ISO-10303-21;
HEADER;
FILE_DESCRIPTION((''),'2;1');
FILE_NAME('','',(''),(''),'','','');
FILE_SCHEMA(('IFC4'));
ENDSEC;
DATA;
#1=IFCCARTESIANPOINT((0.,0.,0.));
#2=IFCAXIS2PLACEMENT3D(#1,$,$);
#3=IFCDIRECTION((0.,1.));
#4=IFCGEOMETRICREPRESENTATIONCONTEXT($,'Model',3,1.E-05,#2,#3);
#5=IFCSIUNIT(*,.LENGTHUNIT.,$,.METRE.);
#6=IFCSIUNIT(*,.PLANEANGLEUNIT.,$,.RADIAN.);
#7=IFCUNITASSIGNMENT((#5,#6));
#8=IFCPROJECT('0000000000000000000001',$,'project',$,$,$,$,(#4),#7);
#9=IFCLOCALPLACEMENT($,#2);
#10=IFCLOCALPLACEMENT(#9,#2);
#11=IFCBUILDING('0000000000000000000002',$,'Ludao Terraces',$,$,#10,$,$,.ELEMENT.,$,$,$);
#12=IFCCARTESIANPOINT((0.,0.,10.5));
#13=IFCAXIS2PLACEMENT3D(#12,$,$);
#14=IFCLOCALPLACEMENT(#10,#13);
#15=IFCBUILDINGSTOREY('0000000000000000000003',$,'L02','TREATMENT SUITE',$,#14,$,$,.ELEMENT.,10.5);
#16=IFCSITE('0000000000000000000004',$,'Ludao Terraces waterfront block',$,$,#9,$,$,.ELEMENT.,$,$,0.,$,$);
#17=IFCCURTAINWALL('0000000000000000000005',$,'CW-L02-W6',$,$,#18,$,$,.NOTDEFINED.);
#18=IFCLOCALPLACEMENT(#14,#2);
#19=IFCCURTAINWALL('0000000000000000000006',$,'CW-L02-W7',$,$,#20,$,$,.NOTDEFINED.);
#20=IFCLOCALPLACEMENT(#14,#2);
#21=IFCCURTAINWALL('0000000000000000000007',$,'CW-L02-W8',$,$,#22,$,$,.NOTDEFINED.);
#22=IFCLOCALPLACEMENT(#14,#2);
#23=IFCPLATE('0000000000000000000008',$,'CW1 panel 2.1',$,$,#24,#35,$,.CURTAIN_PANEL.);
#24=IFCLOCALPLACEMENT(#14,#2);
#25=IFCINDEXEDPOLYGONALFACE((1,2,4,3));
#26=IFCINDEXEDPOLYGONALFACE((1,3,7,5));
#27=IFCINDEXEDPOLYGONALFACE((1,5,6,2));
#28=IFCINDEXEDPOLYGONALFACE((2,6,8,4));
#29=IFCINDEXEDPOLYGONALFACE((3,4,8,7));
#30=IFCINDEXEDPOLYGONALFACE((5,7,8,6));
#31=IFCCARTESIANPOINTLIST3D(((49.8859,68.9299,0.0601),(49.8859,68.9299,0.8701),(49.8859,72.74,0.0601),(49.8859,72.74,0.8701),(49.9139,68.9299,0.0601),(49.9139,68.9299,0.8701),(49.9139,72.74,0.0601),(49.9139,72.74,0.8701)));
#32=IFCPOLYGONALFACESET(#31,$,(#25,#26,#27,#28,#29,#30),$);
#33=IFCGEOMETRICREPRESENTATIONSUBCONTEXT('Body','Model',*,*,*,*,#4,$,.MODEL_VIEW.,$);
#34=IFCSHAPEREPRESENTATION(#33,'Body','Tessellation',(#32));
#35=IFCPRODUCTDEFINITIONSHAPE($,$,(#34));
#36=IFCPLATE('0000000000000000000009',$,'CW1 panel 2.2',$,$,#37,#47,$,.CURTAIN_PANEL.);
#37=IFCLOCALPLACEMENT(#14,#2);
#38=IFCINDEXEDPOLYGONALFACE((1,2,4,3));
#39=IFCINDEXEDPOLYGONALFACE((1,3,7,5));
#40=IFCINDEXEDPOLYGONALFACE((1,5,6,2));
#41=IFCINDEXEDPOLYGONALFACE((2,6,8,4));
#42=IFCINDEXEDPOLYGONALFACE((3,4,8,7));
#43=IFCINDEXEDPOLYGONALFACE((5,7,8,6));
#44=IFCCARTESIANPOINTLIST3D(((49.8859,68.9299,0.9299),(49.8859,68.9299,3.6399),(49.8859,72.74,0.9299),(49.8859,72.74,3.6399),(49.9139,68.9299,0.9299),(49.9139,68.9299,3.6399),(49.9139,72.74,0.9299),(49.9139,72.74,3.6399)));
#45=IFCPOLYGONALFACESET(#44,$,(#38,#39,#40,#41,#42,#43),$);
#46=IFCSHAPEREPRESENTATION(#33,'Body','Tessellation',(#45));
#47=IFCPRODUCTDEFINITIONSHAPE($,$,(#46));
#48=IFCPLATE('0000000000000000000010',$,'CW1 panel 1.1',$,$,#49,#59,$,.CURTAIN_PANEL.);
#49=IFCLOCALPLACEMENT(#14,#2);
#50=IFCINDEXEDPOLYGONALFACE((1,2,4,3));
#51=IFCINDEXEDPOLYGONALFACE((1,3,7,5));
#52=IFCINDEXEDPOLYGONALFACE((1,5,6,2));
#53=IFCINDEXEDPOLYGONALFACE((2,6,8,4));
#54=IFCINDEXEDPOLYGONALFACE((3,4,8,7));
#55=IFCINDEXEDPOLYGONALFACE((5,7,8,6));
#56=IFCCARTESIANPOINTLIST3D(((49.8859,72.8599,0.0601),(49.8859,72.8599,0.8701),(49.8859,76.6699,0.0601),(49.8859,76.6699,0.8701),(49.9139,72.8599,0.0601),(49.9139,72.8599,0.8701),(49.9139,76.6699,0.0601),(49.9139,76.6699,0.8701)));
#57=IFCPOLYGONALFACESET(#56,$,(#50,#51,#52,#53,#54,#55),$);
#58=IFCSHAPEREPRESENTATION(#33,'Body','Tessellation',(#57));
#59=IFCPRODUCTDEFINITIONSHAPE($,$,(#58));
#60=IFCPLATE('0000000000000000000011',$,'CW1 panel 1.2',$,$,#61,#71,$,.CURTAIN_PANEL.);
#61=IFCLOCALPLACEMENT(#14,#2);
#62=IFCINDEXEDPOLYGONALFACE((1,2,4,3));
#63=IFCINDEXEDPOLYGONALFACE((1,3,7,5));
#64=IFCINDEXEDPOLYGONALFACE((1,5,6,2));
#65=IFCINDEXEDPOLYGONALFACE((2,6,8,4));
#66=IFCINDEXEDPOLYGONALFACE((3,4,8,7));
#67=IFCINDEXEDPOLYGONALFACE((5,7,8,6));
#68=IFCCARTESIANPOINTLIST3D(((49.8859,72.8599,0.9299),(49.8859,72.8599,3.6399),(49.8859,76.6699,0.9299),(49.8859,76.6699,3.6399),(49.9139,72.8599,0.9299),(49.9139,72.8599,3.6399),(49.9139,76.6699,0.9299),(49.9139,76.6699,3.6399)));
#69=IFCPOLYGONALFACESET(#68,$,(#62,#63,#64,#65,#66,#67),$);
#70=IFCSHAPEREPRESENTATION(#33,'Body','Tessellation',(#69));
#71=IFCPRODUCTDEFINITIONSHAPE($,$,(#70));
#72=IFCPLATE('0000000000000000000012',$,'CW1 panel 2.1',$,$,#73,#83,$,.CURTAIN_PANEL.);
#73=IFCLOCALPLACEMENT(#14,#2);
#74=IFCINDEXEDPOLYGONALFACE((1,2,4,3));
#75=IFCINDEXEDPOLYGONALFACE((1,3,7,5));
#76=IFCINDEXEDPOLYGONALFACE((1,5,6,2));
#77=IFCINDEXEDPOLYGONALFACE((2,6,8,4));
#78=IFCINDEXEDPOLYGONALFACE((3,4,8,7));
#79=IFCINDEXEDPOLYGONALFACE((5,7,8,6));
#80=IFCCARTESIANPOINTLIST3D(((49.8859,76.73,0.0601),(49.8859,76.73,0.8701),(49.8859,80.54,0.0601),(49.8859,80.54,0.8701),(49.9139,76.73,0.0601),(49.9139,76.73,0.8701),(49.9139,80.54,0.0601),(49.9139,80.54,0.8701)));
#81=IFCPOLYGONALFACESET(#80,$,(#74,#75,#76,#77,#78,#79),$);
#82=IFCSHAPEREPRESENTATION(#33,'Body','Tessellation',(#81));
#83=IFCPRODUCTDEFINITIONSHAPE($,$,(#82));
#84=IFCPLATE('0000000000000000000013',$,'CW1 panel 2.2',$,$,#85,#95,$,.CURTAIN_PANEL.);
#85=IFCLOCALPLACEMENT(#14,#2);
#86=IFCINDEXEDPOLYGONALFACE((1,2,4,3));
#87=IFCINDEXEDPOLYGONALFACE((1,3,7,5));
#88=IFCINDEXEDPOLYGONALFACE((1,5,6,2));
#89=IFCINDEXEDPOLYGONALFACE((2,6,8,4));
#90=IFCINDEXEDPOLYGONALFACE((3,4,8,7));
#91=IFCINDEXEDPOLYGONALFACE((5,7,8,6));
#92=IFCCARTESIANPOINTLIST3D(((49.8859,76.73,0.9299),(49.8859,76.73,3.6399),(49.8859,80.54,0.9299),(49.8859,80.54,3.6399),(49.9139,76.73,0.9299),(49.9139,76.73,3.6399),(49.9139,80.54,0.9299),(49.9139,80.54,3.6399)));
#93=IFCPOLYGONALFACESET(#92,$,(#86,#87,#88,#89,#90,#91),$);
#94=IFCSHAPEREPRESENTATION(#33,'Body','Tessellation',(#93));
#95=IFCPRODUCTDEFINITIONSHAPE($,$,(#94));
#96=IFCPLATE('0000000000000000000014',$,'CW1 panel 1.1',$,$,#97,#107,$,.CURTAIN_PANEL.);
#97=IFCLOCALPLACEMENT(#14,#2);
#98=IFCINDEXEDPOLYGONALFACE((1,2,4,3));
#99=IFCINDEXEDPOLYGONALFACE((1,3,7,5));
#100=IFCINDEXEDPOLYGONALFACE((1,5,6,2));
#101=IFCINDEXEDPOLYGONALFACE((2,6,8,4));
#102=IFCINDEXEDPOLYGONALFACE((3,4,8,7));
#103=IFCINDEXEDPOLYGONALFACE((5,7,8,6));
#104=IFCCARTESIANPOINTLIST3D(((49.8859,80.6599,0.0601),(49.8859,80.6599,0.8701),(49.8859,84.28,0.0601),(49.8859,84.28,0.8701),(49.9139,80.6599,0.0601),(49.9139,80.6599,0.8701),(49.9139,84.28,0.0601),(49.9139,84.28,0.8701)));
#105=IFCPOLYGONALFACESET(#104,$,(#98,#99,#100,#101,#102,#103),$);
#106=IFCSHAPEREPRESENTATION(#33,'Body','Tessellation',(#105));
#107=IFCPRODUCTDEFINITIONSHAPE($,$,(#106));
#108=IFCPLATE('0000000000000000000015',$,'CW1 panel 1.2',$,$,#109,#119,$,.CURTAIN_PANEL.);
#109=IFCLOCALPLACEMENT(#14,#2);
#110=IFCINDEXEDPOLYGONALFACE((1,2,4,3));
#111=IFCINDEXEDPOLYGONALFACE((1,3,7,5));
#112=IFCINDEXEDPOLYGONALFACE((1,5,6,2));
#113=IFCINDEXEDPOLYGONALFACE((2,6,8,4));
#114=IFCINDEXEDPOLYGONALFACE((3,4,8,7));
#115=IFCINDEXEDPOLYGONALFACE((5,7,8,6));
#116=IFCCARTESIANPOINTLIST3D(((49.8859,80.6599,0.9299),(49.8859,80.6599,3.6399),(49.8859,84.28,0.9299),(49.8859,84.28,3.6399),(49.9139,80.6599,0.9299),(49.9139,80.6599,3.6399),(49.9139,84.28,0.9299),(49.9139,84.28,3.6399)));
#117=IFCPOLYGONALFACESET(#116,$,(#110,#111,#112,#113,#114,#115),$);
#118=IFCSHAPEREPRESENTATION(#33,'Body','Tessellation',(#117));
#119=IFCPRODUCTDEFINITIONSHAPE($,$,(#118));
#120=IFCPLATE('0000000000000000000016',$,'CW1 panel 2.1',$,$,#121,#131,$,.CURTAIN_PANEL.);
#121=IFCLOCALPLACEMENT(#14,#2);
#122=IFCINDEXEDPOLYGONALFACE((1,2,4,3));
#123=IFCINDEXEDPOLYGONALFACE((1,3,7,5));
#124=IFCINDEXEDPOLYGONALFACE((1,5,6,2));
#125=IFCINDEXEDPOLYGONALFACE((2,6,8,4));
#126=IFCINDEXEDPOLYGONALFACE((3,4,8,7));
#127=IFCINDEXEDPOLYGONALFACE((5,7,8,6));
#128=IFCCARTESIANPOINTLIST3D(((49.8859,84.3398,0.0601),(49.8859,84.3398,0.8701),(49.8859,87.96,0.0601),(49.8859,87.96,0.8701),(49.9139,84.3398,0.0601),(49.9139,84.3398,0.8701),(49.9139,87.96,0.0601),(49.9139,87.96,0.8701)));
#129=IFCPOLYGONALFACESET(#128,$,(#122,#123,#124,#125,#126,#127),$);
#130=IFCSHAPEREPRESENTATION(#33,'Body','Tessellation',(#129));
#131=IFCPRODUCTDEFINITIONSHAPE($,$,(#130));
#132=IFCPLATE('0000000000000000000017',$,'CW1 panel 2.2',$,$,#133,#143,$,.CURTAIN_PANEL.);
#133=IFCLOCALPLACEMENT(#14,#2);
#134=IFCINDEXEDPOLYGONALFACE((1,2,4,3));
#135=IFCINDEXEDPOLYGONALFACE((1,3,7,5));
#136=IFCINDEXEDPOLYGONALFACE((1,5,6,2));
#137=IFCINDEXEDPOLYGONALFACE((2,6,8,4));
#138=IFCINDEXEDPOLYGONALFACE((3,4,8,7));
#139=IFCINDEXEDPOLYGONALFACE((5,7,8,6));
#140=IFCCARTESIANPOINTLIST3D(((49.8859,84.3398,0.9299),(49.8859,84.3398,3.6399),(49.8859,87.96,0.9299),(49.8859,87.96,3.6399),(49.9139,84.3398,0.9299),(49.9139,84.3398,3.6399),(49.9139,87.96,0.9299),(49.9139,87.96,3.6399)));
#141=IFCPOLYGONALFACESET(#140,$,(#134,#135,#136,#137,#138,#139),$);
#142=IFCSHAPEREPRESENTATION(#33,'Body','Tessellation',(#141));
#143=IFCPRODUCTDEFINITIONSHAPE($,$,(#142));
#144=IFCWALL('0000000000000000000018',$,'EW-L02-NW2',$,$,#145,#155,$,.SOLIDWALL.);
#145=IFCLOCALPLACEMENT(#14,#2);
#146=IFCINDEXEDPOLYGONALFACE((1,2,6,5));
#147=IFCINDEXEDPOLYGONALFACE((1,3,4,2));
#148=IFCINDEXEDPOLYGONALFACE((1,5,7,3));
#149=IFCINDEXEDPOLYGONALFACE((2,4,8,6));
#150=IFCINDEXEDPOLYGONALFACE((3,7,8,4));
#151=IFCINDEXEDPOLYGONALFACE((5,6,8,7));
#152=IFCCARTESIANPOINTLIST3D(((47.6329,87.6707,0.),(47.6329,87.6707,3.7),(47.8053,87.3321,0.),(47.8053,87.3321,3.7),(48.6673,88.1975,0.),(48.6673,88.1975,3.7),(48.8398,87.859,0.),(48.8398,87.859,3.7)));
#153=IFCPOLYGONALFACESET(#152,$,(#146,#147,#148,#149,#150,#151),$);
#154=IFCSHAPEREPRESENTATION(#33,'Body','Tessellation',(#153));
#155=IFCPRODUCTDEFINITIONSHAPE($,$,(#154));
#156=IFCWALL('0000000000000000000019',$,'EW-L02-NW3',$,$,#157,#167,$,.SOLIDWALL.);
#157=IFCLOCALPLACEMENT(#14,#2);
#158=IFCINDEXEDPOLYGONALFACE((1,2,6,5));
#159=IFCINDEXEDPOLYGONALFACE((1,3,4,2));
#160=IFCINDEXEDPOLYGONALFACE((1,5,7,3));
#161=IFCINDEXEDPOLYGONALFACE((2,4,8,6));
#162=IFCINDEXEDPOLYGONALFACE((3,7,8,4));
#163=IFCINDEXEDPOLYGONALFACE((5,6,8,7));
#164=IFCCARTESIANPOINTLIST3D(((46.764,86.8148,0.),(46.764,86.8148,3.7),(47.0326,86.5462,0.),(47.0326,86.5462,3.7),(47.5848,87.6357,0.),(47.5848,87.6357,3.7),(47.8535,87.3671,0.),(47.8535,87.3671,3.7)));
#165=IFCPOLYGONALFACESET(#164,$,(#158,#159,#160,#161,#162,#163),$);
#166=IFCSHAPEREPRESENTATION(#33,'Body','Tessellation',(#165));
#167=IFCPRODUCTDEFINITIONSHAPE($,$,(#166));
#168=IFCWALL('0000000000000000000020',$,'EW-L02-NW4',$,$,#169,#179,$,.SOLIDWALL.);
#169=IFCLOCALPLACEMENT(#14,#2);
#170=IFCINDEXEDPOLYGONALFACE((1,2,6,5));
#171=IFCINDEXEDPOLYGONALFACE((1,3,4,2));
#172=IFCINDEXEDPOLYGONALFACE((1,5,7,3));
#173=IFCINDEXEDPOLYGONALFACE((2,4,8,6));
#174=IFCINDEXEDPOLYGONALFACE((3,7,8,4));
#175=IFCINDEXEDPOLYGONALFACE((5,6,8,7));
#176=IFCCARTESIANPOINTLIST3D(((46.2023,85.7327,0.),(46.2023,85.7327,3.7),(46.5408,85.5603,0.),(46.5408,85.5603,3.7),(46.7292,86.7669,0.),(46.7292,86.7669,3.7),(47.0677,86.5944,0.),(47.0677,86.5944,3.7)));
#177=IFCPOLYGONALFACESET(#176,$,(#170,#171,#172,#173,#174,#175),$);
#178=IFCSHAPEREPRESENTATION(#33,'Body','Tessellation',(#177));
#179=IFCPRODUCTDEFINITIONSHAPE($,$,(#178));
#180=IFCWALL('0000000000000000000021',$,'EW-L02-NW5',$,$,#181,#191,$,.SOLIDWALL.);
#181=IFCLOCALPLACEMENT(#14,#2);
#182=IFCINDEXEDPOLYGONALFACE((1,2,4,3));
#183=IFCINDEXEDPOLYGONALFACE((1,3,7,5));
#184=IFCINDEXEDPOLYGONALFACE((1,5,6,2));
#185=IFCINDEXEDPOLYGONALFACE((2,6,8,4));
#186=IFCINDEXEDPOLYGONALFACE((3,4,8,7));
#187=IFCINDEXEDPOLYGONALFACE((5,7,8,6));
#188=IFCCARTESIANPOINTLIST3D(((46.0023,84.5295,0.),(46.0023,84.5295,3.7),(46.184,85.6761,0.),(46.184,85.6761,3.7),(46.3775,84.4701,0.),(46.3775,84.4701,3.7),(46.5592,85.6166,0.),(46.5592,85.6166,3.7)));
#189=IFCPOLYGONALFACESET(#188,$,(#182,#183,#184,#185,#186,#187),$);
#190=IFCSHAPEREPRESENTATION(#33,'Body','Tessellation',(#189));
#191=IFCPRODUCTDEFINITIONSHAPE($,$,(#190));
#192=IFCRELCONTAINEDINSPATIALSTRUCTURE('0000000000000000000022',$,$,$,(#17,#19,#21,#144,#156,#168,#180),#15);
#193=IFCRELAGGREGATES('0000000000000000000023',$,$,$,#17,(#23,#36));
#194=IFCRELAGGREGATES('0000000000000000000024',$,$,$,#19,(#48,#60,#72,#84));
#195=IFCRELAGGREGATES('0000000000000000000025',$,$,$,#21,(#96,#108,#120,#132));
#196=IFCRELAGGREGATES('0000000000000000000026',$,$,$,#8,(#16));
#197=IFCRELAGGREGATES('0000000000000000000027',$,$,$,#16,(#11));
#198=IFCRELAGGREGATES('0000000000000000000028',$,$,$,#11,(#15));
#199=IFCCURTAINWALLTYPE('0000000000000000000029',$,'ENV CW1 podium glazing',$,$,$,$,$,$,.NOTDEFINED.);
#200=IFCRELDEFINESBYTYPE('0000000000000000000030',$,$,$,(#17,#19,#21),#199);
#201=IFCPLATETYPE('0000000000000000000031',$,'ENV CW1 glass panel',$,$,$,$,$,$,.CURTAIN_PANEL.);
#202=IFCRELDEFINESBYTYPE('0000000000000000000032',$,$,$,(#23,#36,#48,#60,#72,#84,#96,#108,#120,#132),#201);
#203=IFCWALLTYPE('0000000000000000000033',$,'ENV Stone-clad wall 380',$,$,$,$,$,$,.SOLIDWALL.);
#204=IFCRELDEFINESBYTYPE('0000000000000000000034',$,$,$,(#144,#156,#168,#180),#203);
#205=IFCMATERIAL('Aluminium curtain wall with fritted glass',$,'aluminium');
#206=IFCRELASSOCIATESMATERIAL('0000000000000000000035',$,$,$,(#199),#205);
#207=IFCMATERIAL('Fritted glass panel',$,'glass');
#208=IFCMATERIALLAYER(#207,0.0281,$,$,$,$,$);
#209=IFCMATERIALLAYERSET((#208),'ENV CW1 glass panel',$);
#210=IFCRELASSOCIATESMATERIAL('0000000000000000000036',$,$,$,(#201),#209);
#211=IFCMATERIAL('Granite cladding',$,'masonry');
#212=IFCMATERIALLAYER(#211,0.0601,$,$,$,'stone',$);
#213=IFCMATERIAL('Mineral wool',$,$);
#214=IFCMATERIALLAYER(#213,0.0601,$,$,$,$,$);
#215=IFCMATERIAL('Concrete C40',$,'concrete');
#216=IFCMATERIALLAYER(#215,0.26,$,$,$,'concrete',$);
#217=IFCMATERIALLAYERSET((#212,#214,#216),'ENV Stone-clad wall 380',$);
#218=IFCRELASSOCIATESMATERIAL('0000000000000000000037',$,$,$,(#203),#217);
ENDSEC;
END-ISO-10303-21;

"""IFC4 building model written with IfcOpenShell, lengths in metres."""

from ifc_helpers import new_model, si_unit, direction, frame, frame_2d, origin, origin_2d, place, context, subcontext, project, spatial, rectangle, extrude, material, layer, layer_set, type_object, element, aggregate, save


model = new_model("IFC4")

# Units and contexts
model_context = context("Model", 3, precision=1e-05, world=origin(), true_north=direction((0.0, 1.0)))
body_context = subcontext(model_context, "Body", "Model", "MODEL_VIEW")
ifc_project = project(units=[si_unit("LENGTHUNIT", "METRE"), si_unit("PLANEANGLEUNIT", "RADIAN")], contexts=[model_context])

# Site, building, storey
site_placement = place(None, origin())
site = spatial("IfcSite", under=ifc_project, at=site_placement, Name="Ludao Terraces waterfront block", CompositionType="ELEMENT", RefElevation=0.0)
building_placement = place(site_placement, origin())
building = spatial("IfcBuilding", under=site, at=building_placement, Name="Ludao Terraces", CompositionType="ELEMENT")
storey_placement = place(building_placement, frame((0.0, 0.0, 10.5)))
storey = spatial("IfcBuildingStorey", under=building, at=storey_placement, Name="L02", Description="TREATMENT SUITE", CompositionType="ELEMENT", Elevation=10.5)

# Curtain wall
ifc_material_1 = material(Name="Aluminium curtain wall with fritted glass", Category="aluminium")
curtain_wall_type = type_object("IfcCurtainWallType", Name="ENV CW1 podium glazing", PredefinedType="NOTDEFINED", material=ifc_material_1)
curtain_wall_1_placement = place(storey_placement, origin())
curtain_wall_1 = element("IfcCurtainWall", 1, at=curtain_wall_1_placement, inside=storey, type_object=curtain_wall_type, Name="CW-L02-W6", PredefinedType="NOTDEFINED")

# Curtain walls
curtain_wall_2_placement = place(storey_placement, origin())
curtain_wall_2 = element("IfcCurtainWall", 2, at=curtain_wall_2_placement, inside=storey, type_object=curtain_wall_type, Name="CW-L02-W7", PredefinedType="NOTDEFINED")
curtain_wall_3_placement = place(storey_placement, origin())
curtain_wall_3 = element("IfcCurtainWall", 3, at=curtain_wall_3_placement, inside=storey, type_object=curtain_wall_type, Name="CW-L02-W8", PredefinedType="NOTDEFINED")

# Plates
ifc_material_2 = material(Name="Fritted glass panel", Category="glass")
ifc_layer_1 = layer(ifc_material_2, 0.0281)
ifc_layer_set_1 = layer_set([ifc_layer_1], Name="ENV CW1 glass panel")
plate_type = type_object("IfcPlateType", Name="ENV CW1 glass panel", PredefinedType="CURTAIN_PANEL", material=ifc_layer_set_1)
plate_1_placement = place(storey_placement, frame((49.8999, 70.835, 0.0601), z_axis=(0.0, 0.0, 1.0), x_axis=(0.0, 1.0, 0.0)))
plate_1 = element("IfcPlate", 4, at=plate_1_placement, type_object=plate_type, Name="CW1 panel 2.1", PredefinedType="CURTAIN_PANEL", context=body_context, shape_type="SweptSolid", body=[
    extrude(rectangle(XDim=3.8101, YDim=0.0281, at=origin_2d()), origin(), (0.0, 0.0, 1.0), 0.8101),
])
plate_2_placement = place(storey_placement, frame((49.8999, 70.835, 0.9299), z_axis=(0.0, 0.0, 1.0), x_axis=(0.0, 1.0, 0.0)))
plate_2 = element("IfcPlate", 5, at=plate_2_placement, type_object=plate_type, Name="CW1 panel 2.2", PredefinedType="CURTAIN_PANEL", context=body_context, shape_type="SweptSolid", body=[
    extrude(rectangle(XDim=3.8101, YDim=0.0281, at=origin_2d()), origin(), (0.0, 0.0, 1.0), 2.71),
])
aggregate(curtain_wall_1, [plate_1, plate_2])
plate_3_placement = place(storey_placement, frame((49.8999, 74.7649, 0.0601), z_axis=(0.0, 0.0, 1.0), x_axis=(0.0, 1.0, 0.0)))
plate_3 = element("IfcPlate", 6, at=plate_3_placement, type_object=plate_type, Name="CW1 panel 1.1", PredefinedType="CURTAIN_PANEL", context=body_context, shape_type="SweptSolid", body=[
    extrude(rectangle(XDim=3.8101, YDim=0.0281, at=origin_2d()), origin(), (0.0, 0.0, 1.0), 0.8101),
])
plate_4_placement = place(storey_placement, frame((49.8999, 74.7649, 0.9299), z_axis=(0.0, 0.0, 1.0), x_axis=(0.0, 1.0, 0.0)))
plate_4 = element("IfcPlate", 7, at=plate_4_placement, type_object=plate_type, Name="CW1 panel 1.2", PredefinedType="CURTAIN_PANEL", context=body_context, shape_type="SweptSolid", body=[
    extrude(rectangle(XDim=3.8101, YDim=0.0281, at=origin_2d()), origin(), (0.0, 0.0, 1.0), 2.71),
])
plate_5_placement = place(storey_placement, frame((49.8999, 78.635, 0.0601), z_axis=(0.0, 0.0, 1.0), x_axis=(0.0, 1.0, 0.0)))
plate_5 = element("IfcPlate", 8, at=plate_5_placement, type_object=plate_type, Name="CW1 panel 2.1", PredefinedType="CURTAIN_PANEL", context=body_context, shape_type="SweptSolid", body=[
    extrude(rectangle(XDim=3.8101, YDim=0.0281, at=origin_2d()), origin(), (0.0, 0.0, 1.0), 0.8101),
])
plate_6_placement = place(storey_placement, frame((49.8999, 78.635, 0.9299), z_axis=(0.0, 0.0, 1.0), x_axis=(0.0, 1.0, 0.0)))
plate_6 = element("IfcPlate", 9, at=plate_6_placement, type_object=plate_type, Name="CW1 panel 2.2", PredefinedType="CURTAIN_PANEL", context=body_context, shape_type="SweptSolid", body=[
    extrude(rectangle(XDim=3.8101, YDim=0.0281, at=origin_2d()), origin(), (0.0, 0.0, 1.0), 2.71),
])
aggregate(curtain_wall_2, [plate_3, plate_4, plate_5, plate_6])
plate_7_placement = place(storey_placement, frame((49.8999, 82.47, 0.0601), z_axis=(0.0, 0.0, 1.0), x_axis=(0.0, 1.0, 0.0)))
plate_7 = element("IfcPlate", 10, at=plate_7_placement, type_object=plate_type, Name="CW1 panel 1.1", PredefinedType="CURTAIN_PANEL", context=body_context, shape_type="SweptSolid", body=[
    extrude(rectangle(XDim=3.6201, YDim=0.0281, at=origin_2d()), origin(), (0.0, 0.0, 1.0), 0.8101),
])
plate_8_placement = place(storey_placement, frame((49.8999, 82.47, 0.9299), z_axis=(0.0, 0.0, 1.0), x_axis=(0.0, 1.0, 0.0)))
plate_8 = element("IfcPlate", 11, at=plate_8_placement, type_object=plate_type, Name="CW1 panel 1.2", PredefinedType="CURTAIN_PANEL", context=body_context, shape_type="SweptSolid", body=[
    extrude(rectangle(XDim=3.6201, YDim=0.0281, at=origin_2d()), origin(), (0.0, 0.0, 1.0), 2.71),
])
plate_9_placement = place(storey_placement, frame((49.8999, 86.1499, 0.0601), z_axis=(0.0, 0.0, 1.0), x_axis=(0.0, 1.0, 0.0)))
plate_9 = element("IfcPlate", 12, at=plate_9_placement, type_object=plate_type, Name="CW1 panel 2.1", PredefinedType="CURTAIN_PANEL", context=body_context, shape_type="SweptSolid", body=[
    extrude(rectangle(XDim=3.6201, YDim=0.0281, at=origin_2d()), origin(), (0.0, 0.0, 1.0), 0.8101),
])
plate_10_placement = place(storey_placement, frame((49.8999, 86.1499, 0.9299), z_axis=(0.0, 0.0, 1.0), x_axis=(0.0, 1.0, 0.0)))
plate_10 = element("IfcPlate", 13, at=plate_10_placement, type_object=plate_type, Name="CW1 panel 2.2", PredefinedType="CURTAIN_PANEL", context=body_context, shape_type="SweptSolid", body=[
    extrude(rectangle(XDim=3.6201, YDim=0.0281, at=origin_2d()), origin(), (0.0, 0.0, 1.0), 2.71),
])
aggregate(curtain_wall_3, [plate_7, plate_8, plate_9, plate_10])

# Walls
ifc_material_3 = material(Name="Granite cladding", Category="masonry")
ifc_layer_2 = layer(ifc_material_3, 0.0601, Category="stone")
ifc_material_4 = material(Name="Mineral wool")
ifc_layer_3 = layer(ifc_material_4, 0.0601)
ifc_material_5 = material(Name="Concrete C40", Category="concrete")
ifc_layer_4 = layer(ifc_material_5, 0.26, Category="concrete")
ifc_layer_set_2 = layer_set([ifc_layer_2, ifc_layer_3, ifc_layer_4], Name="ENV Stone-clad wall 380")
wall_type_1 = type_object("IfcWallType", Name="ENV Stone-clad wall 380", PredefinedType="SOLIDWALL", material=ifc_layer_set_2)
for number, where, z_axis, x_axis, name in (
    (14, (48.7537, 88.0283, 0.0), (0.0, 0.0, 1.0), (-0.89108, -0.453847, 0.0), "EW-L02-NW2"),
    (15, (47.7192, 87.5015, 0.0), (0.0, 0.0, 1.0), (-0.707107, -0.707107, 0.0), "EW-L02-NW3"),
):
    element("IfcWall", number, at=place(storey_placement, frame(where, z_axis=z_axis, x_axis=x_axis)), inside=storey, type_object=wall_type_1, Name=name, PredefinedType="SOLIDWALL", context=body_context, shape_type="SweptSolid", body=[
        extrude(rectangle(XDim=1.1609, YDim=0.3799, at=frame_2d((0.5806, 0.0))), origin(), (0.0, 0.0, 1.0), 3.7),
    ])
wall_1_placement = place(storey_placement, frame((46.8984, 86.6807, 0.0), z_axis=(0.0, 0.0, 1.0), x_axis=(-0.453932, -0.891036, 0.0)))
element("IfcWall", 16, at=wall_1_placement, inside=storey, type_object=wall_type_1, Name="EW-L02-NW4", PredefinedType="SOLIDWALL", context=body_context, shape_type="SweptSolid", body=[
    extrude(rectangle(XDim=1.1606, YDim=0.3799, at=frame_2d((0.5803, 0.0))), origin(), (0.0, 0.0, 1.0), 3.7),
])
wall_2_placement = place(storey_placement, frame((46.3716, 85.6465, 0.0), z_axis=(0.0, 0.0, 1.0), x_axis=(-0.156481, -0.987681, 0.0)))
element("IfcWall", 17, at=wall_2_placement, inside=storey, type_object=wall_type_1, Name="EW-L02-NW5", PredefinedType="SOLIDWALL", context=body_context, shape_type="SweptSolid", body=[
    extrude(rectangle(XDim=1.1609, YDim=0.3799, at=frame_2d((0.5806, 0.0))), origin(), (0.0, 0.0, 1.0), 3.7),
])

save(model, "model.ifc")
